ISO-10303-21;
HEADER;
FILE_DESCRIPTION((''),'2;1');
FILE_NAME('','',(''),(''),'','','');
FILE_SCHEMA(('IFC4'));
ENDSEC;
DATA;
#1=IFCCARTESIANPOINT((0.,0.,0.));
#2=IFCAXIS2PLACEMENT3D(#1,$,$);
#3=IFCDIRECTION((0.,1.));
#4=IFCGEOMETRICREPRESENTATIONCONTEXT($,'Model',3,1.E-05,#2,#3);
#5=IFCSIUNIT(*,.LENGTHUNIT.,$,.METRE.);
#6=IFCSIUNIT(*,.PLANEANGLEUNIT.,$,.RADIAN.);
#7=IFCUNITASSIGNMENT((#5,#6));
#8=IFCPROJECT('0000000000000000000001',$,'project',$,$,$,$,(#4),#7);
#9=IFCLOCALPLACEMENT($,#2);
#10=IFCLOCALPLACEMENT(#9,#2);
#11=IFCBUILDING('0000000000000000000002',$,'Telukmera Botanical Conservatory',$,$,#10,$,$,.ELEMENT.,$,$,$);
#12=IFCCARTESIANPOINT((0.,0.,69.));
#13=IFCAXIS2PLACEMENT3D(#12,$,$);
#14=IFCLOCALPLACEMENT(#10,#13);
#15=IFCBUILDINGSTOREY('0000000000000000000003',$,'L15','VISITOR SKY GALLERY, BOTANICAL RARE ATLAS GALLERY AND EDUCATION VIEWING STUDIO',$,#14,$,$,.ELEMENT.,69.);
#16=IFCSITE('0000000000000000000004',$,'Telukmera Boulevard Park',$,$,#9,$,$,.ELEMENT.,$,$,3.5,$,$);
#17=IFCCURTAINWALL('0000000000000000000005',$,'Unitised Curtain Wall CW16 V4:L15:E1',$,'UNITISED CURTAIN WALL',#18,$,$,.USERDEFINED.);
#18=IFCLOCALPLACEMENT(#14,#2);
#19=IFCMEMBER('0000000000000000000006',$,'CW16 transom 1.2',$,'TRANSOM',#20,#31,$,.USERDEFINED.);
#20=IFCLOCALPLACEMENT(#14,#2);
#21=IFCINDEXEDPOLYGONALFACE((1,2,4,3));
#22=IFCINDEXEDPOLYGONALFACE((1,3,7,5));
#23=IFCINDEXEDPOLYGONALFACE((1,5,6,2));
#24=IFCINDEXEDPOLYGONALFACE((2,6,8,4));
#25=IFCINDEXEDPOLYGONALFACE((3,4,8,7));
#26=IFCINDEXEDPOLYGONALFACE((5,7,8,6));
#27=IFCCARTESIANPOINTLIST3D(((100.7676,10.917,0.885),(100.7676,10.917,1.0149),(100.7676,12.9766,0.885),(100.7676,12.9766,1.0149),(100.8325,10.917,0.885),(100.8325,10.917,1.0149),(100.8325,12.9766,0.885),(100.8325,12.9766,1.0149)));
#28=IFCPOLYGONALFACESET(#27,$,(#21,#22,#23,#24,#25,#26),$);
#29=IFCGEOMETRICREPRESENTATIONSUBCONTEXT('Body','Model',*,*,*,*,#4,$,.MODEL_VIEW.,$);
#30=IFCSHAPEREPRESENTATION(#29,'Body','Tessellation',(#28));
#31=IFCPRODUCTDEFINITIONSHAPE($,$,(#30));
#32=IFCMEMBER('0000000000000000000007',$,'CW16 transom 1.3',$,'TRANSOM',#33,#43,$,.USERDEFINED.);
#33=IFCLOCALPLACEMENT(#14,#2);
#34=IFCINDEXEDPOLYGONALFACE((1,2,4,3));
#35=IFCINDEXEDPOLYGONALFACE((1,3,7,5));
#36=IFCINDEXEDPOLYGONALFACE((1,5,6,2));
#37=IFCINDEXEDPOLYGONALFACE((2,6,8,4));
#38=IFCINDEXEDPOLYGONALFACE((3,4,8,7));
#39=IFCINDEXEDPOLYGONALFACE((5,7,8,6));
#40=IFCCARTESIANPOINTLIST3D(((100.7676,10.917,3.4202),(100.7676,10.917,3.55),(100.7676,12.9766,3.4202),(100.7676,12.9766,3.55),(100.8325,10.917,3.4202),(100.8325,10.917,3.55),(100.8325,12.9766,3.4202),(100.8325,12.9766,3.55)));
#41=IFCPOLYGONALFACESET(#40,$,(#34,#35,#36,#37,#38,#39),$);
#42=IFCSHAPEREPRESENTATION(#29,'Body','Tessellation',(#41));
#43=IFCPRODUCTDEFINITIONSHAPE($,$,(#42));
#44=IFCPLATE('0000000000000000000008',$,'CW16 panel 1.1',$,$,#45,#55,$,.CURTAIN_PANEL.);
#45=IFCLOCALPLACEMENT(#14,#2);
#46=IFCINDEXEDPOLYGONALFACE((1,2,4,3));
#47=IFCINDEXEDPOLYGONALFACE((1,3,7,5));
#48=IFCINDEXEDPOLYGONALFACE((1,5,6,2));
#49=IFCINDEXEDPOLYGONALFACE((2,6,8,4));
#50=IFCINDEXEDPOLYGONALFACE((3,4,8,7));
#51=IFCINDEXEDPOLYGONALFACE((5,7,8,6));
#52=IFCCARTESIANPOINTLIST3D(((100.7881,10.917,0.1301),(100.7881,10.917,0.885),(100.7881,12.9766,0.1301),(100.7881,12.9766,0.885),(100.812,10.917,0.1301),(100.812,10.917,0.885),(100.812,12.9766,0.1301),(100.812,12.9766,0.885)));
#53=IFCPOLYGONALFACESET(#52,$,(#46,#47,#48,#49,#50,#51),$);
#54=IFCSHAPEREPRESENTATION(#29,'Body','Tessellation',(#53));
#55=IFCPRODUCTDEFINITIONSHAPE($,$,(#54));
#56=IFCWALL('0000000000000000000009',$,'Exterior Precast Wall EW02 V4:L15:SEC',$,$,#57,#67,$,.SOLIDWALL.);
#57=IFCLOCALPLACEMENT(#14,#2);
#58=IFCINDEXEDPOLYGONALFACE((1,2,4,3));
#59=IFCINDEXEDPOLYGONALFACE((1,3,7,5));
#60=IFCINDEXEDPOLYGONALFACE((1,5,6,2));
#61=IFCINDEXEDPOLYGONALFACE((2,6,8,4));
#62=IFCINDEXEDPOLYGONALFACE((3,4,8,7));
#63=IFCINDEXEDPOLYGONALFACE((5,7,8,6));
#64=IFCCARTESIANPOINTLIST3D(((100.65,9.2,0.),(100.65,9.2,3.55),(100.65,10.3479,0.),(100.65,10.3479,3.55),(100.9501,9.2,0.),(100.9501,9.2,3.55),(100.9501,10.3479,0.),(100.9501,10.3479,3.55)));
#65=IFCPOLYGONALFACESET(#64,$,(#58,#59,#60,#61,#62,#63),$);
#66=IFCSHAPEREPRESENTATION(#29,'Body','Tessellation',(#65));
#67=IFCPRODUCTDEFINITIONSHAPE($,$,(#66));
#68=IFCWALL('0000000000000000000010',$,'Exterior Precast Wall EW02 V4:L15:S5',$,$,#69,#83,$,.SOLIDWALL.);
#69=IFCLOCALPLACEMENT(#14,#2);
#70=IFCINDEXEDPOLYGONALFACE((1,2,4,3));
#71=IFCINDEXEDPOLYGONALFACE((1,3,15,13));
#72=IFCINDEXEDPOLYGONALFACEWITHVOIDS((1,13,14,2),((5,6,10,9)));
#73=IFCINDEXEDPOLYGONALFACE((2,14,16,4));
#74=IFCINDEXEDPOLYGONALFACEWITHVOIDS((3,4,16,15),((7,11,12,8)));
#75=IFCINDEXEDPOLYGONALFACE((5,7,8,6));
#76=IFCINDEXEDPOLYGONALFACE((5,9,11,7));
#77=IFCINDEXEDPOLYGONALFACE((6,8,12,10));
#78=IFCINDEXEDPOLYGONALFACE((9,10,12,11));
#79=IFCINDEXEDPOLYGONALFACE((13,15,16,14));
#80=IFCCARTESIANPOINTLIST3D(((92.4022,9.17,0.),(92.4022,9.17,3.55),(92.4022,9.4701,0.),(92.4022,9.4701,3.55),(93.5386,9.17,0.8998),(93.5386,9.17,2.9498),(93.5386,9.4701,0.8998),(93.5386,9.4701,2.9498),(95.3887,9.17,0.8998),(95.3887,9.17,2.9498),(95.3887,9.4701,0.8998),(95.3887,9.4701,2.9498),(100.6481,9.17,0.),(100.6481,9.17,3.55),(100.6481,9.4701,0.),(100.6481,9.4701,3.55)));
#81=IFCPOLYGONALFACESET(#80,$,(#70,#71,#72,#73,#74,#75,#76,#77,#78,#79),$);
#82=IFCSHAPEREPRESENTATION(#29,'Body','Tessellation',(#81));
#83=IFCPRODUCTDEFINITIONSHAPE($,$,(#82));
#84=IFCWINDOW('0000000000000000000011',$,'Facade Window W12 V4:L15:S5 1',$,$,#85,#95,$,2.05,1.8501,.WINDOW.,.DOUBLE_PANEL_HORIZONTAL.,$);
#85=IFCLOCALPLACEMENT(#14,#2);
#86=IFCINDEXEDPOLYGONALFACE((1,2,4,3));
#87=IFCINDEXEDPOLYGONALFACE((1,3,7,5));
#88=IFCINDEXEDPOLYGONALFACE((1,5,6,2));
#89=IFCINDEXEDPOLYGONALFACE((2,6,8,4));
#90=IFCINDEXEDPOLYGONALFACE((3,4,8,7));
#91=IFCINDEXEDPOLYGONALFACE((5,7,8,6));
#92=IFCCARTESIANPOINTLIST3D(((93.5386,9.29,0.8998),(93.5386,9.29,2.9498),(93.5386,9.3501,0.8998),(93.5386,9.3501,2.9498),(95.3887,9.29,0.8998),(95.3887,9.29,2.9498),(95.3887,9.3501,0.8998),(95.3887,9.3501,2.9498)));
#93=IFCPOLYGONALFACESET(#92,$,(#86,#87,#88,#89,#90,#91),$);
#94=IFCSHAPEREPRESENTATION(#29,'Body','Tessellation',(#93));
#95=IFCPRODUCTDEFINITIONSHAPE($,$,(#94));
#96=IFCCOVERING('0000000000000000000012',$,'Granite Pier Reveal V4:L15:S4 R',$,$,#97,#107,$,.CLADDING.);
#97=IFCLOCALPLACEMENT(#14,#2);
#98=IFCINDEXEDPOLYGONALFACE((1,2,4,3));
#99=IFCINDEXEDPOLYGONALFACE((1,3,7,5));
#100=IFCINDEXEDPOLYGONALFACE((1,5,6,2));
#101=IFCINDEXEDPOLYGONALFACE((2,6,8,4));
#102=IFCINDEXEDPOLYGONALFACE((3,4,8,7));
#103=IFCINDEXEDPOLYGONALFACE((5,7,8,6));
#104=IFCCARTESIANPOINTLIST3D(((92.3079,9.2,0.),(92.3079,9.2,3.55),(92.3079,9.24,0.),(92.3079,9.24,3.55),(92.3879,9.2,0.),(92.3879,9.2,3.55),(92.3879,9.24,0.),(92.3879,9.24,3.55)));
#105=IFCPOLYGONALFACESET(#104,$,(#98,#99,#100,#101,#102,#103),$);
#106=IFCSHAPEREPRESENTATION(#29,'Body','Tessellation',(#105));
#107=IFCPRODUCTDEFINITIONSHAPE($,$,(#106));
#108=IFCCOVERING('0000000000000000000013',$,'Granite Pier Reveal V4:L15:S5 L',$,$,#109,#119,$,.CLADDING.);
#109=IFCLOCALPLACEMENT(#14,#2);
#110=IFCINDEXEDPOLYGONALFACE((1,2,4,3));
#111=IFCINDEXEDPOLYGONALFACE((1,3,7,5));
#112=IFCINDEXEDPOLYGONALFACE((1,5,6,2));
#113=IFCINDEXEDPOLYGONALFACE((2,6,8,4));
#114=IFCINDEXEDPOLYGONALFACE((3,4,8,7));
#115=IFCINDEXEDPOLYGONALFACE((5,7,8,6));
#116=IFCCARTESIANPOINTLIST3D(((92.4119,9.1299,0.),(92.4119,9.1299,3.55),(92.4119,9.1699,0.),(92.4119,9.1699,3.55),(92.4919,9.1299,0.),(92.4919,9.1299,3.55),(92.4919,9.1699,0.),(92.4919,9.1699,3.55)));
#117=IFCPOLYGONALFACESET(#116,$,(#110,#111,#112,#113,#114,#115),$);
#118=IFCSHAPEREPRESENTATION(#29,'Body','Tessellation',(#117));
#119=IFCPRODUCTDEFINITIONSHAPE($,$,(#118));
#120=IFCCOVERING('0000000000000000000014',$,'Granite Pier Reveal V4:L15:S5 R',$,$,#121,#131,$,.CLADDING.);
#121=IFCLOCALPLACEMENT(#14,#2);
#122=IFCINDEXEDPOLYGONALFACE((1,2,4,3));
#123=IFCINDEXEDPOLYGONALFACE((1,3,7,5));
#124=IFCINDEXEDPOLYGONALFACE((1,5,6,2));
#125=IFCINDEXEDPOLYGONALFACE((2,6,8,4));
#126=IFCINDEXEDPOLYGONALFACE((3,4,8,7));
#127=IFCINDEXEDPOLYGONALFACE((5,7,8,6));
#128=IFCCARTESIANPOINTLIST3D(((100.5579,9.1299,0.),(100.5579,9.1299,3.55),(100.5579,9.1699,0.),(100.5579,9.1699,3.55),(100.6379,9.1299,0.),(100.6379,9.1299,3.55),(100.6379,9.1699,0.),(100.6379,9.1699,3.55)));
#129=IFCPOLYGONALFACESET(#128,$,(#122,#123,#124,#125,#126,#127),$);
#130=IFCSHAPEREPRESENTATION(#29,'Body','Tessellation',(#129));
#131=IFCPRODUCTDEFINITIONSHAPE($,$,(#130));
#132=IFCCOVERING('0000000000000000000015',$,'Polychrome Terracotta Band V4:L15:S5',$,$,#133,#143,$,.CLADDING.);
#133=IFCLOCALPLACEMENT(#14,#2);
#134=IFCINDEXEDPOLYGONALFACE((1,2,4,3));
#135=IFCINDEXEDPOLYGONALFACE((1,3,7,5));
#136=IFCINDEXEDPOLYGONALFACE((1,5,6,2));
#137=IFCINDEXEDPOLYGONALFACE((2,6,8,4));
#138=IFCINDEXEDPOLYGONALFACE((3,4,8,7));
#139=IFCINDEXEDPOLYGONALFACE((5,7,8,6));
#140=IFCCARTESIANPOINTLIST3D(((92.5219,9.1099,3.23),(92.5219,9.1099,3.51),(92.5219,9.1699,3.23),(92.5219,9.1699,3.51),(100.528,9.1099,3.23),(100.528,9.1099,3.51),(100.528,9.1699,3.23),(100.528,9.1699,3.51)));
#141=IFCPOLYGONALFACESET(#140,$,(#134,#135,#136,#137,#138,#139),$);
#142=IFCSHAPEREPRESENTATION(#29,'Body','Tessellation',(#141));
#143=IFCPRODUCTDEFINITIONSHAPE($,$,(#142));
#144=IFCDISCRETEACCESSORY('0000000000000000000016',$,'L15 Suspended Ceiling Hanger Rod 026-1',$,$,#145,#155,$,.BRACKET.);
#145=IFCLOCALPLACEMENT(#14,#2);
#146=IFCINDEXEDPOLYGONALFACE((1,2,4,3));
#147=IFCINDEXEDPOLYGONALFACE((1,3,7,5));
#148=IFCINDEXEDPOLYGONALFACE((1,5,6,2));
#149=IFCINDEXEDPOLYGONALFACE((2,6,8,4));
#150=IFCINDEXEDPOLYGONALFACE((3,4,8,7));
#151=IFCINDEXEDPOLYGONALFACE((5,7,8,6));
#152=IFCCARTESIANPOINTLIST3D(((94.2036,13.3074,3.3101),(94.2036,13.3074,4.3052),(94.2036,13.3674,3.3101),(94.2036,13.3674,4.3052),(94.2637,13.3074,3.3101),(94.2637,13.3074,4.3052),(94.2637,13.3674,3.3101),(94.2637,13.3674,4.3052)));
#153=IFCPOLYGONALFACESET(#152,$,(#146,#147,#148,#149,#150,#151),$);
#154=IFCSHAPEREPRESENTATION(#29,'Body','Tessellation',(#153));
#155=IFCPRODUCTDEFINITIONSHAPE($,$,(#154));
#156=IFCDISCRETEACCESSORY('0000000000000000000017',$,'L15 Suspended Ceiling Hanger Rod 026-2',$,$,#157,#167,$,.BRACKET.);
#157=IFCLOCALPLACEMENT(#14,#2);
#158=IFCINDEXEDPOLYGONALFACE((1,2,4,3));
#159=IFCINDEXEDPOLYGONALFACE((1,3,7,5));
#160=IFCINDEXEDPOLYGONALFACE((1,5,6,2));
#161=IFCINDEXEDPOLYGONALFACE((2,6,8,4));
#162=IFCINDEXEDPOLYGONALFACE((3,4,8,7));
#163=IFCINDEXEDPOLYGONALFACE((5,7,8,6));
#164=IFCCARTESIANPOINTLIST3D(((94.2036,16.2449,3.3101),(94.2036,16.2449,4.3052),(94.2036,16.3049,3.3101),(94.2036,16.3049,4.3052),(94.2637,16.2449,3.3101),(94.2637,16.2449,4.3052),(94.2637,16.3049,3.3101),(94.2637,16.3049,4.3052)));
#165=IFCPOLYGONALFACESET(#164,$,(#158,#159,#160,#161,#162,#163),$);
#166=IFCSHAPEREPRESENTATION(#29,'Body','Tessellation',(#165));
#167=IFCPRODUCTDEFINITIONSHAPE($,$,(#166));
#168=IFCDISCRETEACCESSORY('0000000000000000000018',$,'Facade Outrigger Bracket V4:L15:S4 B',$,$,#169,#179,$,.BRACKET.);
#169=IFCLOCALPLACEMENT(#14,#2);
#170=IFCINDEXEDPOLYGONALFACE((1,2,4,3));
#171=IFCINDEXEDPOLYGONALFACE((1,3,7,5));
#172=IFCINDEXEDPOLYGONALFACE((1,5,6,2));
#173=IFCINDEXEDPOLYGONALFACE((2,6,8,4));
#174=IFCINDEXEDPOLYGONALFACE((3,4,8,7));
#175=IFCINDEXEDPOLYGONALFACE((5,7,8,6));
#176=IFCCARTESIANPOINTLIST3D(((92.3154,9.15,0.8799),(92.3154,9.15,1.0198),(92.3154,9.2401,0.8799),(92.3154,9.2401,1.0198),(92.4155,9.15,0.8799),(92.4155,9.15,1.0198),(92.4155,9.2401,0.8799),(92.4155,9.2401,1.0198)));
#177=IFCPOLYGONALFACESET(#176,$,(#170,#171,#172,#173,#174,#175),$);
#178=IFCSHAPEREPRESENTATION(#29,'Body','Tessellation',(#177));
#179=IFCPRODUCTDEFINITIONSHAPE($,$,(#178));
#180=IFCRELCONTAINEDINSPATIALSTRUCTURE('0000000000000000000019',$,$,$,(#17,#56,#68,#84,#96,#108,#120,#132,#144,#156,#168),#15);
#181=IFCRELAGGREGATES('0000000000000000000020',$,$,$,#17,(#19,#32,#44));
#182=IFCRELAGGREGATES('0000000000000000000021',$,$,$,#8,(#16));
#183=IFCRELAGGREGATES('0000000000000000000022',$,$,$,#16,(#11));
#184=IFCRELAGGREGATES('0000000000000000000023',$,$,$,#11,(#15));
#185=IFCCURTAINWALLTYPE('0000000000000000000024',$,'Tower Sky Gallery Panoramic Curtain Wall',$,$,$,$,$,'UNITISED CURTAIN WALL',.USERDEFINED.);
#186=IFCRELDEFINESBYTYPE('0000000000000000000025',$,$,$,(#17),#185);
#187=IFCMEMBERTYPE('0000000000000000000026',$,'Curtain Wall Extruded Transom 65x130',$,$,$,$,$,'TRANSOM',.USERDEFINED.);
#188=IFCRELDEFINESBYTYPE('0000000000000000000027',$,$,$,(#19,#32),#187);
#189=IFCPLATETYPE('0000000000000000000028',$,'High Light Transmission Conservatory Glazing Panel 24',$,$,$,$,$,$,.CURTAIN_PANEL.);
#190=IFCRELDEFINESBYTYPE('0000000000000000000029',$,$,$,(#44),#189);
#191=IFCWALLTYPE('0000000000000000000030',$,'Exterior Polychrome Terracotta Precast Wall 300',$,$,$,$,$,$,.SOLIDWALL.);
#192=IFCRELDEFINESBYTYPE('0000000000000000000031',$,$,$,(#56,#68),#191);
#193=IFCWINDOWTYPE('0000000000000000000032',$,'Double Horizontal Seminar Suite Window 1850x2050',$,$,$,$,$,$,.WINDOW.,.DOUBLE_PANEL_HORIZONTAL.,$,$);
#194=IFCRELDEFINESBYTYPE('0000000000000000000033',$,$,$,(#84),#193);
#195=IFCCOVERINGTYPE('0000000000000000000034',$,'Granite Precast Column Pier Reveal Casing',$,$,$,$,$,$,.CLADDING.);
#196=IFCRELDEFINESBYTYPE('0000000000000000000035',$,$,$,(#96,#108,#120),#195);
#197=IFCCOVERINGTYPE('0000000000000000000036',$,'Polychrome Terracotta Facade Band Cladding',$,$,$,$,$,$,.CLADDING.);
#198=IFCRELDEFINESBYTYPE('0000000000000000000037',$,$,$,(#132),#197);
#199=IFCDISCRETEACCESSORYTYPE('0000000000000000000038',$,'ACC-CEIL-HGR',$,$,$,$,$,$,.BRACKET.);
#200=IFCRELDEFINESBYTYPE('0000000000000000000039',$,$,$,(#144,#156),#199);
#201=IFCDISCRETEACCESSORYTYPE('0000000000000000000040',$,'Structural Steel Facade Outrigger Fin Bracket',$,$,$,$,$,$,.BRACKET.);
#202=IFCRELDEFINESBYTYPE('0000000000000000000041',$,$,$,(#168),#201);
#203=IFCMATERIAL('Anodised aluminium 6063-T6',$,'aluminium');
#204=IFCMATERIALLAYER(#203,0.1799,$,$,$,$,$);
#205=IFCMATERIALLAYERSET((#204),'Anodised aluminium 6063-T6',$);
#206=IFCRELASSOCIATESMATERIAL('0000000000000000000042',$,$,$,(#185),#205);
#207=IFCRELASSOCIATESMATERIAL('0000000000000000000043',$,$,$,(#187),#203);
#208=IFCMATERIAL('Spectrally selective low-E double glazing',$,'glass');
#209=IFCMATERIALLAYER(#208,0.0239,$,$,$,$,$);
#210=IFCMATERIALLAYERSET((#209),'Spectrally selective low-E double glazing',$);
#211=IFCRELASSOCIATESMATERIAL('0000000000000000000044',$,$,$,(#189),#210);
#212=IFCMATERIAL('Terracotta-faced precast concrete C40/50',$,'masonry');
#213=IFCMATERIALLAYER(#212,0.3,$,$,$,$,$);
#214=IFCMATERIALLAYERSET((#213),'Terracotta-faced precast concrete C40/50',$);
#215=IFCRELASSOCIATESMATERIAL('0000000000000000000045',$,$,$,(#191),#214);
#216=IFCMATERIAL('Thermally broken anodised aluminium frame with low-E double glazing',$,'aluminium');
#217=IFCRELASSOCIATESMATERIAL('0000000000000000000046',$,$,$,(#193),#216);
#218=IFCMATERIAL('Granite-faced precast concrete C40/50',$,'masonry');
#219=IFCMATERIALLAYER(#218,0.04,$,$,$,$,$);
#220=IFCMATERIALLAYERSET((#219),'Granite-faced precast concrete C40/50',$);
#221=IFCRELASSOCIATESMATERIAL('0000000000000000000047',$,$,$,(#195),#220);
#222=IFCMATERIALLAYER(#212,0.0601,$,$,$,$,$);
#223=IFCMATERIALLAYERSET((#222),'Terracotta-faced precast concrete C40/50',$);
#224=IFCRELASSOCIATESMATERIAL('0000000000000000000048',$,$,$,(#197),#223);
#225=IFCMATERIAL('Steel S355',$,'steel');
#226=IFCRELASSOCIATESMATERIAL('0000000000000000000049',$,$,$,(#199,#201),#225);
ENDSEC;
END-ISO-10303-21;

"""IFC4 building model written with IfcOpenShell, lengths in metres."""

from ifc_helpers import new_model, si_unit, direction, frame, frame_2d, origin, origin_2d, place, context, subcontext, project, spatial, rectangle, extrude, material, layer, layer_set, material_profile, profile_set, type_object, element, fill, aggregate, save


model = new_model("IFC4")

# Units and contexts
model_context = context("Model", 3, precision=1e-05, world=origin(), true_north=direction((0.0, 1.0)))
body_context = subcontext(model_context, "Body", "Model", "MODEL_VIEW")
ifc_project = project(units=[si_unit("LENGTHUNIT", "METRE"), si_unit("PLANEANGLEUNIT", "RADIAN")], contexts=[model_context])

# Site, building, storey
site_placement = place(None, origin())
site = spatial("IfcSite", under=ifc_project, at=site_placement, Name="Telukmera Boulevard Park", CompositionType="ELEMENT", RefElevation=3.5)
building_placement = place(site_placement, origin())
building = spatial("IfcBuilding", under=site, at=building_placement, Name="Telukmera Botanical Conservatory", CompositionType="ELEMENT")
storey_placement = place(building_placement, frame((0.0, 0.0, 69.0)))
storey = spatial("IfcBuildingStorey", under=building, at=storey_placement, Name="L15", Description="VISITOR SKY GALLERY, BOTANICAL RARE ATLAS GALLERY AND EDUCATION VIEWING STUDIO", CompositionType="ELEMENT", Elevation=69.0)

# Shared definitions
ifc_material_1 = material(Name="Anodised aluminium 6063-T6", Category="aluminium")
ifc_layer_1 = layer(ifc_material_1, 0.1799)
ifc_layer_set_1 = layer_set([ifc_layer_1], Name="Anodised aluminium 6063-T6")
curtain_wall_type = type_object("IfcCurtainWallType", Name="Tower Sky Gallery Panoramic Curtain Wall", ElementType="UNITISED CURTAIN WALL", PredefinedType="USERDEFINED", material=ifc_layer_set_1)

# Curtain wall, members, plate
curtain_wall_1_placement = place(storey_placement, origin())
curtain_wall_1 = element("IfcCurtainWall", 1, at=curtain_wall_1_placement, inside=storey, type_object=curtain_wall_type, Name="Unitised Curtain Wall CW16 V4:L15:E1", ObjectType="UNITISED CURTAIN WALL", PredefinedType="USERDEFINED")
ifc_material_profile_1 = material_profile(ifc_material_1, rectangle(XDim=0.0649, YDim=0.1299, at=origin_2d()), Name="ALU TRAN 65x130")
ifc_profile_set_1 = profile_set([ifc_material_profile_1], Name="Anodised aluminium 6063-T6")
member_type_1 = type_object("IfcMemberType", Name="Curtain Wall Extruded Transom 65x130", ElementType="TRANSOM", PredefinedType="USERDEFINED", material=ifc_profile_set_1)
member_1_placement = place(storey_placement, frame((100.8, 10.917, 0.95), z_axis=(0.0, 1.0, 0.0), x_axis=(-1.0, 0.0, 0.0)))
member_1 = element("IfcMember", 2, at=member_1_placement, type_object=member_type_1, Name="CW16 transom 1.2", ObjectType="TRANSOM", PredefinedType="USERDEFINED", context=body_context, shape_type="SweptSolid", body=[
    extrude(rectangle(XDim=0.0649, YDim=0.1299, at=origin_2d()), origin(), (0.0, 0.0, 1.0), 2.0596),
])
member_2_placement = place(storey_placement, frame((100.8, 10.917, 3.4851), z_axis=(0.0, 1.0, 0.0), x_axis=(-1.0, 0.0, 0.0)))
member_2 = element("IfcMember", 3, at=member_2_placement, type_object=member_type_1, Name="CW16 transom 1.3", ObjectType="TRANSOM", PredefinedType="USERDEFINED", context=body_context, shape_type="SweptSolid", body=[
    extrude(rectangle(XDim=0.0649, YDim=0.1299, at=origin_2d()), origin(), (0.0, 0.0, 1.0), 2.0596),
])
ifc_material_2 = material(Name="Spectrally selective low-E double glazing", Category="glass")
ifc_layer_2 = layer(ifc_material_2, 0.0239)
ifc_layer_set_2 = layer_set([ifc_layer_2], Name="Spectrally selective low-E double glazing")
plate_type = type_object("IfcPlateType", Name="High Light Transmission Conservatory Glazing Panel 24", PredefinedType="CURTAIN_PANEL", material=ifc_layer_set_2)
plate_placement = place(storey_placement, frame((100.8, 11.9468, 0.1301), z_axis=(0.0, 0.0, 1.0), x_axis=(0.0, 1.0, 0.0)))
plate = element("IfcPlate", 4, at=plate_placement, type_object=plate_type, Name="CW16 panel 1.1", PredefinedType="CURTAIN_PANEL", context=body_context, shape_type="SweptSolid", body=[
    extrude(rectangle(XDim=2.0596, YDim=0.0239, at=origin_2d()), origin(), (0.0, 0.0, 1.0), 0.7549),
])
aggregate(curtain_wall_1, [member_1, member_2, plate])

# Wall
ifc_material_3 = material(Name="Terracotta-faced precast concrete C40/50", Category="masonry")
ifc_layer_3 = layer(ifc_material_3, 0.3)
ifc_layer_set_3 = layer_set([ifc_layer_3], Name="Terracotta-faced precast concrete C40/50")
wall_type = type_object("IfcWallType", Name="Exterior Polychrome Terracotta Precast Wall 300", PredefinedType="SOLIDWALL", material=ifc_layer_set_3)
wall_1_placement = place(storey_placement, frame((100.8, 9.2, 0.0), z_axis=(0.0, 0.0, 1.0), x_axis=(0.0, 1.0, 0.0)))
element("IfcWall", 5, at=wall_1_placement, inside=storey, type_object=wall_type, Name="Exterior Precast Wall EW02 V4:L15:SEC", PredefinedType="SOLIDWALL", context=body_context, shape_type="SweptSolid", body=[
    extrude(rectangle(XDim=1.1479, YDim=0.3, at=frame_2d((0.574, 0.0))), origin(), (0.0, 0.0, 1.0), 3.55),
])

# Wall, opening, window
wall_2_placement = place(storey_placement, frame((92.4021, 9.3201, 0.0), z_axis=(0.0, 0.0, 1.0), x_axis=(1.0, 0.0, 0.0)))
wall_2 = element("IfcWall", 6, at=wall_2_placement, inside=storey, type_object=wall_type, Name="Exterior Precast Wall EW02 V4:L15:S5", PredefinedType="SOLIDWALL", context=body_context, shape_type="SweptSolid", body=[
    extrude(rectangle(XDim=8.2458, YDim=0.3, at=frame_2d((4.123, 0.0))), origin(), (0.0, 0.0, 1.0), 3.55),
])
opening_placement = place(wall_2_placement, frame((1.1365, 0.0, 0.8999)))
opening = element("IfcOpeningElement", 7, at=opening_placement, cuts=wall_2, PredefinedType="OPENING", context=body_context, shape_type="SweptSolid", body=[
    extrude(rectangle(XDim=1.8501, YDim=2.05, at=frame_2d((0.925, 1.0249))), frame((0.0, 0.1599, 0.0), z_axis=(0.0, -1.0, 0.0), x_axis=(1.0, 0.0, 0.0)), (0.0, 0.0, 1.0), 0.3201),
])
ifc_material_4 = material(Name="Thermally broken anodised aluminium frame with low-E double glazing", Category="aluminium")
window_type = type_object("IfcWindowType", Name="Double Horizontal Seminar Suite Window 1850x2050", PartitioningType="DOUBLE_PANEL_HORIZONTAL", PredefinedType="WINDOW", material=ifc_material_4)
window_placement = place(opening_placement, origin())
window = element("IfcWindow", 8, at=window_placement, inside=storey, type_object=window_type, Name="Facade Window W12 V4:L15:S5 1", OverallHeight=2.05, OverallWidth=1.8501, PartitioningType="DOUBLE_PANEL_HORIZONTAL", PredefinedType="WINDOW", context=body_context, shape_type="SweptSolid", body=[
    extrude(rectangle(XDim=1.8501, YDim=2.05, at=frame_2d((0.925, 1.0249))), frame((0.0, 0.03, 0.0), z_axis=(0.0, -1.0, 0.0), x_axis=(1.0, 0.0, 0.0)), (0.0, 0.0, 1.0), 0.0601),
])
fill(opening, window)

# Coverings
ifc_material_5 = material(Name="Granite-faced precast concrete C40/50", Category="masonry")
ifc_layer_4 = layer(ifc_material_5, 0.04)
ifc_layer_set_4 = layer_set([ifc_layer_4], Name="Granite-faced precast concrete C40/50")
covering_type_1 = type_object("IfcCoveringType", Name="Granite Precast Column Pier Reveal Casing", PredefinedType="CLADDING", material=ifc_layer_set_4)
for number, where, z_axis, x_axis, name in (
    (9, (92.3479, 9.22, 0.0), (0.0, 0.0, 1.0), (1.0, 0.0, 0.0), "Granite Pier Reveal V4:L15:S4 R"),
    (10, (92.4519, 9.1499, 0.0), (0.0, 0.0, 1.0), (1.0, 0.0, 0.0), "Granite Pier Reveal V4:L15:S5 L"),
    (11, (100.5979, 9.1499, 0.0), (0.0, 0.0, 1.0), (1.0, 0.0, 0.0), "Granite Pier Reveal V4:L15:S5 R"),
):
    element("IfcCovering", number, at=place(storey_placement, frame(where, z_axis=z_axis, x_axis=x_axis)), inside=storey, type_object=covering_type_1, Name=name, PredefinedType="CLADDING", context=body_context, shape_type="SweptSolid", body=[
        extrude(rectangle(XDim=0.0801, YDim=0.04, at=origin_2d()), origin(), (0.0, 0.0, 1.0), 3.55),
    ])
ifc_layer_5 = layer(ifc_material_3, 0.0601)
ifc_layer_set_5 = layer_set([ifc_layer_5], Name="Terracotta-faced precast concrete C40/50")
covering_type_2 = type_object("IfcCoveringType", Name="Polychrome Terracotta Facade Band Cladding", PredefinedType="CLADDING", material=ifc_layer_set_5)
covering_placement = place(storey_placement, frame((96.5249, 9.1399, 3.23), z_axis=(0.0, 0.0, 1.0), x_axis=(1.0, 0.0, 0.0)))
element("IfcCovering", 12, at=covering_placement, inside=storey, type_object=covering_type_2, Name="Polychrome Terracotta Band V4:L15:S5", PredefinedType="CLADDING", context=body_context, shape_type="SweptSolid", body=[
    extrude(rectangle(XDim=8.0061, YDim=0.0601, at=origin_2d()), origin(), (0.0, 0.0, 1.0), 0.28),
])

# Discrete accessories
ifc_material_6 = material(Name="Steel S355", Category="steel")
discrete_accessory_type_1 = type_object("IfcDiscreteAccessoryType", Name="ACC-CEIL-HGR", PredefinedType="BRACKET", material=ifc_material_6)
for number, where, z_axis, x_axis, name in (
    (13, (94.2336, 13.3374, 3.3101), (0.0, 0.0, 1.0), (1.0, 0.0, 0.0), "L15 Suspended Ceiling Hanger Rod 026-1"),
    (14, (94.2336, 16.2749, 3.3101), (0.0, 0.0, 1.0), (1.0, 0.0, 0.0), "L15 Suspended Ceiling Hanger Rod 026-2"),
):
    element("IfcDiscreteAccessory", number, at=place(storey_placement, frame(where, z_axis=z_axis, x_axis=x_axis)), inside=storey, type_object=discrete_accessory_type_1, Name=name, PredefinedType="BRACKET", context=body_context, shape_type="SweptSolid", body=[
        extrude(rectangle(XDim=0.0601, YDim=0.0601, at=origin_2d()), origin(), (0.0, 0.0, 1.0), 0.9951),
    ])
discrete_accessory_type_2 = type_object("IfcDiscreteAccessoryType", Name="Structural Steel Facade Outrigger Fin Bracket", PredefinedType="BRACKET", material=ifc_material_6)
discrete_accessory_placement = place(storey_placement, frame((92.3655, 9.1951, 0.8799), z_axis=(0.0, 0.0, 1.0), x_axis=(1.0, 0.0, 0.0)))
element("IfcDiscreteAccessory", 15, at=discrete_accessory_placement, inside=storey, type_object=discrete_accessory_type_2, Name="Facade Outrigger Bracket V4:L15:S4 B", PredefinedType="BRACKET", context=body_context, shape_type="SweptSolid", body=[
    extrude(rectangle(XDim=0.1001, YDim=0.0901, at=origin_2d()), origin(), (0.0, 0.0, 1.0), 0.1399),
])

save(model, "model.ifc")
